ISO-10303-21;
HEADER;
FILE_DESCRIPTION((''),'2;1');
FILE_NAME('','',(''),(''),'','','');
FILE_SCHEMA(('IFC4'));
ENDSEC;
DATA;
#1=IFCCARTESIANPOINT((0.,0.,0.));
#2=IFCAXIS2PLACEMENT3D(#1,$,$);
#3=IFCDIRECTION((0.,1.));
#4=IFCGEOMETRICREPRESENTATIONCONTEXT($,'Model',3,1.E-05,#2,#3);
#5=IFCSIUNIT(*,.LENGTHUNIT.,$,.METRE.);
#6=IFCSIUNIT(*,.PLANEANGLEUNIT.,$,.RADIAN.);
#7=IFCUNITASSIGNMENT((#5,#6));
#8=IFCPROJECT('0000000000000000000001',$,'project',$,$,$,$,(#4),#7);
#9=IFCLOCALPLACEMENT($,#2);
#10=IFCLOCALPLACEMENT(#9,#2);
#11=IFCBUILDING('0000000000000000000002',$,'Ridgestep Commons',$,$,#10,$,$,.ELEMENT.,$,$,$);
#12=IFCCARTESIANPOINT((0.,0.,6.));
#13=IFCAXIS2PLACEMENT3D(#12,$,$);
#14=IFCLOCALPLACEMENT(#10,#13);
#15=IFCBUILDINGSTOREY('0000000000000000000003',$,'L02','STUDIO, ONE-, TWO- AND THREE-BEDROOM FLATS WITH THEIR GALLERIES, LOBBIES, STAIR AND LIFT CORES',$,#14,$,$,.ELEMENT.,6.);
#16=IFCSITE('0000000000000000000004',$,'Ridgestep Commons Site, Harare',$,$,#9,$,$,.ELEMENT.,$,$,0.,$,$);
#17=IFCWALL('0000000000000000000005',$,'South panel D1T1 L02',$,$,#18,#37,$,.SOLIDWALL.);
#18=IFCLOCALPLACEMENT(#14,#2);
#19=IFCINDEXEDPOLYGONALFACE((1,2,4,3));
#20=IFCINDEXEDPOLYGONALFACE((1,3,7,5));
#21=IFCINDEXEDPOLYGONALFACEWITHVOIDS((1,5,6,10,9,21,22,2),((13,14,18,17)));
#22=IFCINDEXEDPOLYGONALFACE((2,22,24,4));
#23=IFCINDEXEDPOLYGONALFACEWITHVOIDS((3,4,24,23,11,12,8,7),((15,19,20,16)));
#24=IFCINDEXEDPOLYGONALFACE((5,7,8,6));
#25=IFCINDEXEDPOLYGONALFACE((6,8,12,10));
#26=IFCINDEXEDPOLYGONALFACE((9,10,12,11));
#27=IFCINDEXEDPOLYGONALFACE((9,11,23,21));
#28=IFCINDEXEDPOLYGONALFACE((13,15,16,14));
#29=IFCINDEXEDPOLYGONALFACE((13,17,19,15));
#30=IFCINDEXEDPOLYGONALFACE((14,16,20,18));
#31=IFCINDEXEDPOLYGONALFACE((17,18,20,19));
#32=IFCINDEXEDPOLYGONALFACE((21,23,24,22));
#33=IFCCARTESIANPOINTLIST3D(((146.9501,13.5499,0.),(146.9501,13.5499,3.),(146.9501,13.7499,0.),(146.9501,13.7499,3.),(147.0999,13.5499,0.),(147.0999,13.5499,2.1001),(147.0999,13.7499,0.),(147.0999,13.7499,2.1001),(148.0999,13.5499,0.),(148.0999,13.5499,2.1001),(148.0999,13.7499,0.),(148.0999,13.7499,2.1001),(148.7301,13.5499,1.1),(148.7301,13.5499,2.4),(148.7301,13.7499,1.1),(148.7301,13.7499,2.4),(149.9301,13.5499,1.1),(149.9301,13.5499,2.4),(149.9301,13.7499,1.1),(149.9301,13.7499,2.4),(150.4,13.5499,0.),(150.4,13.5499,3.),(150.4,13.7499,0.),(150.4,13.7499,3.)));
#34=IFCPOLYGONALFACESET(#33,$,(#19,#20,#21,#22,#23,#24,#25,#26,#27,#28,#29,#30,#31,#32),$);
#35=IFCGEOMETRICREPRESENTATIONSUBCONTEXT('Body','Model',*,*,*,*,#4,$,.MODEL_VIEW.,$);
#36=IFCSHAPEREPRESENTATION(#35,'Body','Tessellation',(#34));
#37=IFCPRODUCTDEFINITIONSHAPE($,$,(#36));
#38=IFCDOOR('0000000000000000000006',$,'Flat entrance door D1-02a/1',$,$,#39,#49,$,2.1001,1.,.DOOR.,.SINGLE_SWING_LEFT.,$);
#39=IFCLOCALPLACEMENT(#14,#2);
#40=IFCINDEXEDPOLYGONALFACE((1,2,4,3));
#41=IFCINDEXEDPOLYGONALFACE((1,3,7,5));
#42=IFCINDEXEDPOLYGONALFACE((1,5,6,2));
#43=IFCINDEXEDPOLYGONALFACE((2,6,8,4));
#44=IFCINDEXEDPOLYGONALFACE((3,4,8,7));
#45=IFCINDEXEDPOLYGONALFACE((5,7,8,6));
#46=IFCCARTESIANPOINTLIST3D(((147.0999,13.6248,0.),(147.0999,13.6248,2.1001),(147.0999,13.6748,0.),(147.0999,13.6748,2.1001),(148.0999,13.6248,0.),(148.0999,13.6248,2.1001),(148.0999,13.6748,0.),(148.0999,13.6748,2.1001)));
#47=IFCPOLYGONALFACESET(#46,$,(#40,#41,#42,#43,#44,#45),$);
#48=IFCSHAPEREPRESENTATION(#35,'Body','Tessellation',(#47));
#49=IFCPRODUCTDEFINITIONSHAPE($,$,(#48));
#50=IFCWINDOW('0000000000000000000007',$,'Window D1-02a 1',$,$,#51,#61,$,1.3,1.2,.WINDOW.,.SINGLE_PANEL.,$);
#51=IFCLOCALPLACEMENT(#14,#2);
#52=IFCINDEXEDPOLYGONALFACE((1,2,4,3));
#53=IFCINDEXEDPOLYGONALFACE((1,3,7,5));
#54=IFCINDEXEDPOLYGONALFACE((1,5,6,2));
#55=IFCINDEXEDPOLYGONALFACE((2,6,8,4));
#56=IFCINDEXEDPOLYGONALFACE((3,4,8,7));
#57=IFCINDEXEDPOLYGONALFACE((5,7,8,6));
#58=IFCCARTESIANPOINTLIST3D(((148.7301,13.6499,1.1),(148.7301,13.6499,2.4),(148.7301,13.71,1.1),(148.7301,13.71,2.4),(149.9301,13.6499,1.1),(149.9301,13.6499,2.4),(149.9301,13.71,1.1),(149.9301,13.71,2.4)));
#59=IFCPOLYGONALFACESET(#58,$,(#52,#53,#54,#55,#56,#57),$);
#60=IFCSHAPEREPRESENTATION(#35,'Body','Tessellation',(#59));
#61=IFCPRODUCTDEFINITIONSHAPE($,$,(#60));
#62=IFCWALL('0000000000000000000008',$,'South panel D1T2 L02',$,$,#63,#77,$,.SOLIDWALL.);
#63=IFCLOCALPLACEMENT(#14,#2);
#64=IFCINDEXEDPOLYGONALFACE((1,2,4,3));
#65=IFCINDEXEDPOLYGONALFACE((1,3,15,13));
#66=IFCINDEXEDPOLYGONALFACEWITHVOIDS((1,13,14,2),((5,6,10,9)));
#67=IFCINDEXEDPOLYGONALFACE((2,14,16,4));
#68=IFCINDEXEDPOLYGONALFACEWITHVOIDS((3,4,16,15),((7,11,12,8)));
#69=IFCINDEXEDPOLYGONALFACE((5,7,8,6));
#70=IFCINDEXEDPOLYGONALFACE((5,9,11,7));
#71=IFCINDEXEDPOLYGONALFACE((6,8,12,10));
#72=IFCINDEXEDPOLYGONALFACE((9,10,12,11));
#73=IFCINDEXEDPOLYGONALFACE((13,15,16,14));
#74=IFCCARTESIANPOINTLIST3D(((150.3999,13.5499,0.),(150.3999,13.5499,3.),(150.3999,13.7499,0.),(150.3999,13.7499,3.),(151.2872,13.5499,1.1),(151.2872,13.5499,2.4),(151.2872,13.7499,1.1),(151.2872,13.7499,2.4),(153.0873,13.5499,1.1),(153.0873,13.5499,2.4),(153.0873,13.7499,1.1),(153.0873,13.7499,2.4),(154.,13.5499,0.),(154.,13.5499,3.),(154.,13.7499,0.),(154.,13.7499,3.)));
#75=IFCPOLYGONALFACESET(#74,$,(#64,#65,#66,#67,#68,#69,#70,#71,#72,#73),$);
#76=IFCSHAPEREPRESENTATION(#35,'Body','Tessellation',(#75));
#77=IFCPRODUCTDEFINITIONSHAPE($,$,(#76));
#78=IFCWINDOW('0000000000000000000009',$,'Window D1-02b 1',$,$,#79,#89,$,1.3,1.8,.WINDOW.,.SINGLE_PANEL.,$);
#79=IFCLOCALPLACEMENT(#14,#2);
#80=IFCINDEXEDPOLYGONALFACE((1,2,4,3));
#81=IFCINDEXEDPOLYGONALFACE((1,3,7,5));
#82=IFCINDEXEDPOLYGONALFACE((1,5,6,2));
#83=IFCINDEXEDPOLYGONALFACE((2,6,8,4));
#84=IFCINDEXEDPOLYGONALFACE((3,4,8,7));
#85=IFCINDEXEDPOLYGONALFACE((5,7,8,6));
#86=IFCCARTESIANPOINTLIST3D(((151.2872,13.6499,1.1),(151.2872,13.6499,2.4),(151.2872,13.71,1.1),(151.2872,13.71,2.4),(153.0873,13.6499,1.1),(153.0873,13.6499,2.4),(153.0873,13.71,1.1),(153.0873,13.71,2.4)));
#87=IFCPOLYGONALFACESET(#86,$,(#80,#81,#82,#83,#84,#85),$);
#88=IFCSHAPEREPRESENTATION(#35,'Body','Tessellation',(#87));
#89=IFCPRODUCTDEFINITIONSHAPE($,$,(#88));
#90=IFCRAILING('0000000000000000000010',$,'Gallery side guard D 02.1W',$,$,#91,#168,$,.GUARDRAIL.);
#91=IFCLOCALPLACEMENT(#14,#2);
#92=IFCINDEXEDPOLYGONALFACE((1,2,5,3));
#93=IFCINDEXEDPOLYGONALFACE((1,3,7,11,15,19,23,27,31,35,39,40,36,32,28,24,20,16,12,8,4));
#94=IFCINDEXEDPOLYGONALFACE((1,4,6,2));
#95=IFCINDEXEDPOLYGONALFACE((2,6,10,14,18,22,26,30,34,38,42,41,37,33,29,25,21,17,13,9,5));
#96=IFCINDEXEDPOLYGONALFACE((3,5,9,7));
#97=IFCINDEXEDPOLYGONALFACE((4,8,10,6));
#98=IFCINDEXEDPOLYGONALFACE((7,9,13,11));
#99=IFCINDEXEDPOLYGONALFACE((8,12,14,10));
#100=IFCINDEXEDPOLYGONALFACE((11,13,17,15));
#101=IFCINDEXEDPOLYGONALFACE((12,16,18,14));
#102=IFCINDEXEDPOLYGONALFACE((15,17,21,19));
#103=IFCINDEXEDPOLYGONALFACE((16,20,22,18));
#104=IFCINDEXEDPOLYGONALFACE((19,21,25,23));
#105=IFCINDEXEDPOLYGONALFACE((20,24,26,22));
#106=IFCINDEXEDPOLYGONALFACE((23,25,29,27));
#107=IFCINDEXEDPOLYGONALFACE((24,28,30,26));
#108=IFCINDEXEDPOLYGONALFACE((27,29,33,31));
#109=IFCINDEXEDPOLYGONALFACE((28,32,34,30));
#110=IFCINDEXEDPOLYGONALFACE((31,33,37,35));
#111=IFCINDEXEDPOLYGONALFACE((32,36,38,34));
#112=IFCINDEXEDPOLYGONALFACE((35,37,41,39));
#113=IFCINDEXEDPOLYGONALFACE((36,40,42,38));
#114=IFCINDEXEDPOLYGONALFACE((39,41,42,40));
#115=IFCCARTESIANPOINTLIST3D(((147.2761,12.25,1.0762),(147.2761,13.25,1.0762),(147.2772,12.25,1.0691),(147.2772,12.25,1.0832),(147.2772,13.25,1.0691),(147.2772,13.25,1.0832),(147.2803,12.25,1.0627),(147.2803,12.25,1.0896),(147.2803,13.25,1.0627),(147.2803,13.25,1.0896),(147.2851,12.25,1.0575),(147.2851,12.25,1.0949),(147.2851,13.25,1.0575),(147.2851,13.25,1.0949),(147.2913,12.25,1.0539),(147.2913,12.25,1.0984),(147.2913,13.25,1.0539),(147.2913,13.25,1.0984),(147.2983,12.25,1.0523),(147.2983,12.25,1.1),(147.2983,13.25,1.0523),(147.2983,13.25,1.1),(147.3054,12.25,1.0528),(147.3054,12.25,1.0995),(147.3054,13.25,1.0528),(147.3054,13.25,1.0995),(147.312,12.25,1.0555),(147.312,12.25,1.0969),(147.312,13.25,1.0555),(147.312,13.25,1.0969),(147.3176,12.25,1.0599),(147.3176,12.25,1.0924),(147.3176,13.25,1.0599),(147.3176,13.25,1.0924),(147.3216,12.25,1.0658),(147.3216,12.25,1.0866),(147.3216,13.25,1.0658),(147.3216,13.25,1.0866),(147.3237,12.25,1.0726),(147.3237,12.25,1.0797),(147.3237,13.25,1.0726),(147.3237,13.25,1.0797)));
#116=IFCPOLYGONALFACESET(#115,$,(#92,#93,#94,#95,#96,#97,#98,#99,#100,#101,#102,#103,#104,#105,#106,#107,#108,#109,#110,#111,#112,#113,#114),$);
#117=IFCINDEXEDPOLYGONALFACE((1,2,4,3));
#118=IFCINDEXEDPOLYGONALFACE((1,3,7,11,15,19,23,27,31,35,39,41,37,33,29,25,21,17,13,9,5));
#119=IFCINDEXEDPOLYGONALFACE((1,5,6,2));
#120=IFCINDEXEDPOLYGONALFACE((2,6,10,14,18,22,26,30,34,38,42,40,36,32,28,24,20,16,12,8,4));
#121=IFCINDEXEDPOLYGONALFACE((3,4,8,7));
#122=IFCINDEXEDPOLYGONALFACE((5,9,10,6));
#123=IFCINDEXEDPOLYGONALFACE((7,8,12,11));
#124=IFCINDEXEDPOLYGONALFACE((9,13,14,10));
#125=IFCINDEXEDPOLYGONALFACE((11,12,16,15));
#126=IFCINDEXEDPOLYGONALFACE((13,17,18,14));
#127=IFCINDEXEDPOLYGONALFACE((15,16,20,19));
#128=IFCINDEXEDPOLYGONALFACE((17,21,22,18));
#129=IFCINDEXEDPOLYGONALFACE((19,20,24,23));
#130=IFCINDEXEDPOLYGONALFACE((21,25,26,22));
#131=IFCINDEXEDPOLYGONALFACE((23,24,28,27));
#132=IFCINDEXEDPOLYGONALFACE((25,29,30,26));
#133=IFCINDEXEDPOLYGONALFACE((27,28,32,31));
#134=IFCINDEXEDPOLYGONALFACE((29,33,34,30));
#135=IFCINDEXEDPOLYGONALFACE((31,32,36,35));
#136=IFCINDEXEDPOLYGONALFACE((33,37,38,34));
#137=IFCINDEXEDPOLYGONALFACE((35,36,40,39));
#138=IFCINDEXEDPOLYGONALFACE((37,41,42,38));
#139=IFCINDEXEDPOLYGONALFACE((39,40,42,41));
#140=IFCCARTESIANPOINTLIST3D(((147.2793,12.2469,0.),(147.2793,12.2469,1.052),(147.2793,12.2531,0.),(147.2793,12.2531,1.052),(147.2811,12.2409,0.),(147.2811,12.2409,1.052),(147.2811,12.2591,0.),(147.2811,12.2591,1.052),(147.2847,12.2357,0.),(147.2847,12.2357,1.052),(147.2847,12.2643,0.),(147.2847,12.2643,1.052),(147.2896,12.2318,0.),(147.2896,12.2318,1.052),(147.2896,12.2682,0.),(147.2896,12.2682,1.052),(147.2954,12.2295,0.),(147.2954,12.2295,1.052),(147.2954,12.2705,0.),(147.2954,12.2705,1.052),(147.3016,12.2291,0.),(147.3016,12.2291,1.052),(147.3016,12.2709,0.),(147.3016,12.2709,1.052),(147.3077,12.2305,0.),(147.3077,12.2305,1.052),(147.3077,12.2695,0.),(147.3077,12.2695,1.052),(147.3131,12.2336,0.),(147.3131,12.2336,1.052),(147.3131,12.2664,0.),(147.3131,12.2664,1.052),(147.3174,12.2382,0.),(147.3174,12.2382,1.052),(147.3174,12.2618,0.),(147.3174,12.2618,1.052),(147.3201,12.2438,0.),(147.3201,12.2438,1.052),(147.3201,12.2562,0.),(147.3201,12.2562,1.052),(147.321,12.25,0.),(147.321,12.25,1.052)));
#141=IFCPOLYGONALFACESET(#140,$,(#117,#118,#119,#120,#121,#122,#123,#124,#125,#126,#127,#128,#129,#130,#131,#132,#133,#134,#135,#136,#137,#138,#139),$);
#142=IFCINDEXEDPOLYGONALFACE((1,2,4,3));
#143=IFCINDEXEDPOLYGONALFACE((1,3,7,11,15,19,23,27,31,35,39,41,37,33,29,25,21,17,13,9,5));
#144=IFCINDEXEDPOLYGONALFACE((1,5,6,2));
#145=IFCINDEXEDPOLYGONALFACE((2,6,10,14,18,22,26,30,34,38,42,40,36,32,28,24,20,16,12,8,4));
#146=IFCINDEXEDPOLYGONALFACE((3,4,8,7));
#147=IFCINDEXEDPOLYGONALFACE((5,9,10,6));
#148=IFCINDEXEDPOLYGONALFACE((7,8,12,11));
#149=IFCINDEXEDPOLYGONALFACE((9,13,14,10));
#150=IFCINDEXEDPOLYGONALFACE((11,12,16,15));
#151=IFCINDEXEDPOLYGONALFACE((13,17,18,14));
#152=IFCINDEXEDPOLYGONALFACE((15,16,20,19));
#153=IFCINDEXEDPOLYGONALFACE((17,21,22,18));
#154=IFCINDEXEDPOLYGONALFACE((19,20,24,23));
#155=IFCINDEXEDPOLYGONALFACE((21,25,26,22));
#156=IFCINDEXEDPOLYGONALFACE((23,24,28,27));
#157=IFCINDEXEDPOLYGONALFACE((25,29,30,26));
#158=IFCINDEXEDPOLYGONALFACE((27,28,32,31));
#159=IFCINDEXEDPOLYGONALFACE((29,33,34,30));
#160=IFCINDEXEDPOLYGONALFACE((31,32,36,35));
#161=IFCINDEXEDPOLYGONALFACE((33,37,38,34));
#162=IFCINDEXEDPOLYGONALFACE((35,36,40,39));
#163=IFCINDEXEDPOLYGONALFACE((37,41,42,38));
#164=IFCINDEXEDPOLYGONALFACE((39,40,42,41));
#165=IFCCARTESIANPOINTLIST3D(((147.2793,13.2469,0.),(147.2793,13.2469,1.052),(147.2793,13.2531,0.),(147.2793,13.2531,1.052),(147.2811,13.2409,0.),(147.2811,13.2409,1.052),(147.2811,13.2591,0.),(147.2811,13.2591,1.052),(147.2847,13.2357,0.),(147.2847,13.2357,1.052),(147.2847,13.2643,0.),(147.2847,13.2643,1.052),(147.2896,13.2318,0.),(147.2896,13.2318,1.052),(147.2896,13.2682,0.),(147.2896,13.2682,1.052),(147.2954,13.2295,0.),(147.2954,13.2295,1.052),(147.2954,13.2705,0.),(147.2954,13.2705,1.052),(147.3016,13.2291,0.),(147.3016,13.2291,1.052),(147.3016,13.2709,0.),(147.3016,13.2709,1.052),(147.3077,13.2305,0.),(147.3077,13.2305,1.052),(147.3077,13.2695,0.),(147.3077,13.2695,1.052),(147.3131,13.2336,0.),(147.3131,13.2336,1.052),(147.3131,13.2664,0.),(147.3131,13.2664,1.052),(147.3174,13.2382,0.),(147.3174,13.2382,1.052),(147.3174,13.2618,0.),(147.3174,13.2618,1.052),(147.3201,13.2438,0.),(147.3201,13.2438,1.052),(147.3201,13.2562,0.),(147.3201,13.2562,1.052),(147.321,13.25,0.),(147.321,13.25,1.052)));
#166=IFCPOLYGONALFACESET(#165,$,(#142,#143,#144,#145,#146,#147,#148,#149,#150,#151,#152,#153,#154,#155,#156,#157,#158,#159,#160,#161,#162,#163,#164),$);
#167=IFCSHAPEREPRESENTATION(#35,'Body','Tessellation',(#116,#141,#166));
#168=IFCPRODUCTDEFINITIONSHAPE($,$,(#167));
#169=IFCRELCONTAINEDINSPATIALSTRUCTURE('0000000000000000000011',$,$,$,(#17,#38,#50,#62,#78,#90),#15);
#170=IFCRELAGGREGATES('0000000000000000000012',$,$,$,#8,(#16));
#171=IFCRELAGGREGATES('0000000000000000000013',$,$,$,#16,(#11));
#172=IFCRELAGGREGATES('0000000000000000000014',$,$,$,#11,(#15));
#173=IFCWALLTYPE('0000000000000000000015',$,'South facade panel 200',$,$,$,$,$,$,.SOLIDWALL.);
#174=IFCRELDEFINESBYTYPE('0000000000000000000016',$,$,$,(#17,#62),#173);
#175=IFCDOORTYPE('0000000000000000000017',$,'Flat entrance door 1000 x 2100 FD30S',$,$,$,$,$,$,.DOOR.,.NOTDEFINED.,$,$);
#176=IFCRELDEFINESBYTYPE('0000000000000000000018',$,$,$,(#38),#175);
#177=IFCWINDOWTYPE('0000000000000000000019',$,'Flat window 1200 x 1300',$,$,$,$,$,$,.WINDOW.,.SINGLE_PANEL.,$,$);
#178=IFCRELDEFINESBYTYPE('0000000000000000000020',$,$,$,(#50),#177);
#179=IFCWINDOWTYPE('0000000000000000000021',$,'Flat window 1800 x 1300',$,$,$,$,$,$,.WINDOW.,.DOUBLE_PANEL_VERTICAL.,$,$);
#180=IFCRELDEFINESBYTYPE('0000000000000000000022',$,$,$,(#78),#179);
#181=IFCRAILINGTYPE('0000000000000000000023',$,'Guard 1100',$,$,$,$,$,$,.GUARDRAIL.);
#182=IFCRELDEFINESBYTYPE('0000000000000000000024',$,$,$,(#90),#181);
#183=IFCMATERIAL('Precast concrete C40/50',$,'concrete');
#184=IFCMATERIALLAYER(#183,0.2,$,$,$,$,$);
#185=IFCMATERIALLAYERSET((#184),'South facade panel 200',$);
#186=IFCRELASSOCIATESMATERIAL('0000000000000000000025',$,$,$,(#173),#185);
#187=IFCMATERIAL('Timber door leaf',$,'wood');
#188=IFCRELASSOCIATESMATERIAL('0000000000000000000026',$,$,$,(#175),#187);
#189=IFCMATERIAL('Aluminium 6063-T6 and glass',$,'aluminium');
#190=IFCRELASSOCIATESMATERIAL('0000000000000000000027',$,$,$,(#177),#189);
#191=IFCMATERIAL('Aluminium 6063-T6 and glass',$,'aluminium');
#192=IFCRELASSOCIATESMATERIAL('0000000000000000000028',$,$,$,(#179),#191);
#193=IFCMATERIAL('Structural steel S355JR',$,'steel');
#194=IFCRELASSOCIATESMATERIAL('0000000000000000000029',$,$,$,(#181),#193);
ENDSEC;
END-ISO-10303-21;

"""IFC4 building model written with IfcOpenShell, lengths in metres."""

from ifc_helpers import new_model, si_unit, direction, frame, frame_2d, origin, origin_2d, place, context, subcontext, project, spatial, rectangle, circle, extrude, material, layer, layer_set, type_object, element, fill, save


model = new_model("IFC4")

# Units and contexts
model_context = context("Model", 3, precision=1e-05, world=origin(), true_north=direction((0.0, 1.0)))
body_context = subcontext(model_context, "Body", "Model", "MODEL_VIEW")
ifc_project = project(units=[si_unit("LENGTHUNIT", "METRE"), si_unit("PLANEANGLEUNIT", "RADIAN")], contexts=[model_context])

# Site, building, storey
site_placement = place(None, origin())
site = spatial("IfcSite", under=ifc_project, at=site_placement, Name="Ridgestep Commons Site, Harare", CompositionType="ELEMENT", RefElevation=0.0)
building_placement = place(site_placement, origin())
building = spatial("IfcBuilding", under=site, at=building_placement, Name="Ridgestep Commons", CompositionType="ELEMENT")
storey_placement = place(building_placement, frame((0.0, 0.0, 6.0)))
storey = spatial("IfcBuildingStorey", under=building, at=storey_placement, Name="L02", Description="STUDIO, ONE-, TWO- AND THREE-BEDROOM FLATS WITH THEIR GALLERIES, LOBBIES, STAIR AND LIFT CORES", CompositionType="ELEMENT", Elevation=6.0)

# Wall, openings, door, window
ifc_material_1 = material(Name="Precast concrete C40/50", Category="concrete")
ifc_layer_1 = layer(ifc_material_1, 0.2)
ifc_layer_set_1 = layer_set([ifc_layer_1], Name="South facade panel 200")
wall_type_1 = type_object("IfcWallType", Name="South facade panel 200", PredefinedType="SOLIDWALL", material=ifc_layer_set_1)
wall_1_placement = place(storey_placement, frame((146.95, 13.6499, 0.0), z_axis=(0.0, 0.0, 1.0), x_axis=(1.0, 0.0, 0.0)))
wall_1 = element("IfcWall", 1, at=wall_1_placement, inside=storey, type_object=wall_type_1, Name="South panel D1T1 L02", PredefinedType="SOLIDWALL", context=body_context, shape_type="SweptSolid", body=[
    extrude(rectangle(XDim=3.45, YDim=0.2, at=frame_2d((1.7251, 0.0))), origin(), (0.0, 0.0, 1.0), 3.0),
])
opening_1_placement = place(wall_1_placement, frame((1.78, 0.0, 1.1001)))
opening_1 = element("IfcOpeningElement", 2, at=opening_1_placement, cuts=wall_1, PredefinedType="OPENING", context=body_context, shape_type="SweptSolid", body=[
    extrude(rectangle(XDim=1.2, YDim=1.3, at=frame_2d((0.6001, 0.6499))), frame((0.0, 0.1099, 0.0), z_axis=(0.0, -1.0, 0.0), x_axis=(1.0, 0.0, 0.0)), (0.0, 0.0, 1.0), 0.22),
])
opening_2_placement = place(wall_1_placement, frame((0.1499, 0.0, 0.0)))
opening_2 = element("IfcOpeningElement", 3, at=opening_2_placement, cuts=wall_1, PredefinedType="OPENING", context=body_context, shape_type="SweptSolid", body=[
    extrude(rectangle(XDim=1.0, YDim=2.1001, at=frame_2d((0.5, 1.05))), frame((0.0, 0.1099, 0.0), z_axis=(0.0, -1.0, 0.0), x_axis=(1.0, 0.0, 0.0)), (0.0, 0.0, 1.0), 0.22),
])
ifc_material_2 = material(Name="Timber door leaf", Category="wood")
door_type_1 = type_object("IfcDoorType", Name="Flat entrance door 1000 x 2100 FD30S", OperationType="NOTDEFINED", PredefinedType="DOOR", material=ifc_material_2)
door_1_placement = place(opening_2_placement, origin())
door_1 = element("IfcDoor", 4, at=door_1_placement, inside=storey, type_object=door_type_1, Name="Flat entrance door D1-02a/1", OperationType="SINGLE_SWING_LEFT", OverallHeight=2.1001, OverallWidth=1.0, PredefinedType="DOOR", context=body_context, shape_type="SweptSolid", body=[
    extrude(rectangle(XDim=1.0, YDim=2.1001, at=frame_2d((0.5, 1.05))), frame((0.0, 0.0249, 0.0), z_axis=(0.0, -1.0, 0.0), x_axis=(1.0, 0.0, 0.0)), (0.0, 0.0, 1.0), 0.05),
])
fill(opening_2, door_1)
ifc_material_3 = material(Name="Aluminium 6063-T6 and glass", Category="aluminium")
window_type_1 = type_object("IfcWindowType", Name="Flat window 1200 x 1300", PartitioningType="SINGLE_PANEL", PredefinedType="WINDOW", material=ifc_material_3)
window_1_placement = place(opening_1_placement, origin())
window_1 = element("IfcWindow", 5, at=window_1_placement, inside=storey, type_object=window_type_1, Name="Window D1-02a 1", OverallHeight=1.3, OverallWidth=1.2, PartitioningType="SINGLE_PANEL", PredefinedType="WINDOW", context=body_context, shape_type="SweptSolid", body=[
    extrude(rectangle(XDim=1.2, YDim=1.3, at=frame_2d((0.6001, 0.6499))), frame((0.0, 0.0601, 0.0), z_axis=(0.0, -1.0, 0.0), x_axis=(1.0, 0.0, 0.0)), (0.0, 0.0, 1.0), 0.0601),
])
fill(opening_1, window_1)

# Wall, opening, window
wall_2_placement = place(storey_placement, frame((150.3999, 13.6499, 0.0), z_axis=(0.0, 0.0, 1.0), x_axis=(1.0, 0.0, 0.0)))
wall_2 = element("IfcWall", 6, at=wall_2_placement, inside=storey, type_object=wall_type_1, Name="South panel D1T2 L02", PredefinedType="SOLIDWALL", context=body_context, shape_type="SweptSolid", body=[
    extrude(rectangle(XDim=3.6001, YDim=0.2, at=frame_2d((1.8, 0.0))), origin(), (0.0, 0.0, 1.0), 3.0),
])
opening_3_placement = place(wall_2_placement, frame((0.8875, 0.0, 1.1001)))
opening_3 = element("IfcOpeningElement", 7, at=opening_3_placement, cuts=wall_2, PredefinedType="OPENING", context=body_context, shape_type="SweptSolid", body=[
    extrude(rectangle(XDim=1.8, YDim=1.3, at=frame_2d((0.8999, 0.6499))), frame((0.0, 0.1099, 0.0), z_axis=(0.0, -1.0, 0.0), x_axis=(1.0, 0.0, 0.0)), (0.0, 0.0, 1.0), 0.22),
])
ifc_material_4 = material(Name="Aluminium 6063-T6 and glass", Category="aluminium")
window_type_2 = type_object("IfcWindowType", Name="Flat window 1800 x 1300", PartitioningType="DOUBLE_PANEL_VERTICAL", PredefinedType="WINDOW", material=ifc_material_4)
window_2_placement = place(opening_3_placement, origin())
window_2 = element("IfcWindow", 8, at=window_2_placement, inside=storey, type_object=window_type_2, Name="Window D1-02b 1", OverallHeight=1.3, OverallWidth=1.8, PartitioningType="SINGLE_PANEL", PredefinedType="WINDOW", context=body_context, shape_type="SweptSolid", body=[
    extrude(rectangle(XDim=1.8, YDim=1.3, at=frame_2d((0.8999, 0.6499))), frame((0.0, 0.0601, 0.0), z_axis=(0.0, -1.0, 0.0), x_axis=(1.0, 0.0, 0.0)), (0.0, 0.0, 1.0), 0.0601),
])
fill(opening_3, window_2)

# Railing
ifc_material_5 = material(Name="Structural steel S355JR", Category="steel")
railing_type = type_object("IfcRailingType", Name="Guard 1100", PredefinedType="GUARDRAIL", material=ifc_material_5)
for number, where, name in (
    (9, (147.3, 12.25, 0.0), "Gallery side guard D 02.1W"),
):
    element("IfcRailing", number, at=place(storey_placement, frame(where)), inside=storey, type_object=railing_type, Name=name, PredefinedType="GUARDRAIL", context=body_context, shape_type="SweptSolid", body=[
        extrude(circle(Radius=0.0239, at=origin_2d()), frame((0.0, 0.0, 1.0762), z_axis=(0.0, 1.0, 0.0), x_axis=(-1.0, 0.0, 0.0)), (0.0, 0.0, 1.0), 1.0),
        extrude(circle(Radius=0.021, at=origin_2d()), origin(), (0.0, 0.0, 1.0), 1.052),
        extrude(circle(Radius=0.021, at=origin_2d()), frame((0.0, 1.0, 0.0)), (0.0, 0.0, 1.0), 1.052),
    ])

save(model, "model.ifc")
